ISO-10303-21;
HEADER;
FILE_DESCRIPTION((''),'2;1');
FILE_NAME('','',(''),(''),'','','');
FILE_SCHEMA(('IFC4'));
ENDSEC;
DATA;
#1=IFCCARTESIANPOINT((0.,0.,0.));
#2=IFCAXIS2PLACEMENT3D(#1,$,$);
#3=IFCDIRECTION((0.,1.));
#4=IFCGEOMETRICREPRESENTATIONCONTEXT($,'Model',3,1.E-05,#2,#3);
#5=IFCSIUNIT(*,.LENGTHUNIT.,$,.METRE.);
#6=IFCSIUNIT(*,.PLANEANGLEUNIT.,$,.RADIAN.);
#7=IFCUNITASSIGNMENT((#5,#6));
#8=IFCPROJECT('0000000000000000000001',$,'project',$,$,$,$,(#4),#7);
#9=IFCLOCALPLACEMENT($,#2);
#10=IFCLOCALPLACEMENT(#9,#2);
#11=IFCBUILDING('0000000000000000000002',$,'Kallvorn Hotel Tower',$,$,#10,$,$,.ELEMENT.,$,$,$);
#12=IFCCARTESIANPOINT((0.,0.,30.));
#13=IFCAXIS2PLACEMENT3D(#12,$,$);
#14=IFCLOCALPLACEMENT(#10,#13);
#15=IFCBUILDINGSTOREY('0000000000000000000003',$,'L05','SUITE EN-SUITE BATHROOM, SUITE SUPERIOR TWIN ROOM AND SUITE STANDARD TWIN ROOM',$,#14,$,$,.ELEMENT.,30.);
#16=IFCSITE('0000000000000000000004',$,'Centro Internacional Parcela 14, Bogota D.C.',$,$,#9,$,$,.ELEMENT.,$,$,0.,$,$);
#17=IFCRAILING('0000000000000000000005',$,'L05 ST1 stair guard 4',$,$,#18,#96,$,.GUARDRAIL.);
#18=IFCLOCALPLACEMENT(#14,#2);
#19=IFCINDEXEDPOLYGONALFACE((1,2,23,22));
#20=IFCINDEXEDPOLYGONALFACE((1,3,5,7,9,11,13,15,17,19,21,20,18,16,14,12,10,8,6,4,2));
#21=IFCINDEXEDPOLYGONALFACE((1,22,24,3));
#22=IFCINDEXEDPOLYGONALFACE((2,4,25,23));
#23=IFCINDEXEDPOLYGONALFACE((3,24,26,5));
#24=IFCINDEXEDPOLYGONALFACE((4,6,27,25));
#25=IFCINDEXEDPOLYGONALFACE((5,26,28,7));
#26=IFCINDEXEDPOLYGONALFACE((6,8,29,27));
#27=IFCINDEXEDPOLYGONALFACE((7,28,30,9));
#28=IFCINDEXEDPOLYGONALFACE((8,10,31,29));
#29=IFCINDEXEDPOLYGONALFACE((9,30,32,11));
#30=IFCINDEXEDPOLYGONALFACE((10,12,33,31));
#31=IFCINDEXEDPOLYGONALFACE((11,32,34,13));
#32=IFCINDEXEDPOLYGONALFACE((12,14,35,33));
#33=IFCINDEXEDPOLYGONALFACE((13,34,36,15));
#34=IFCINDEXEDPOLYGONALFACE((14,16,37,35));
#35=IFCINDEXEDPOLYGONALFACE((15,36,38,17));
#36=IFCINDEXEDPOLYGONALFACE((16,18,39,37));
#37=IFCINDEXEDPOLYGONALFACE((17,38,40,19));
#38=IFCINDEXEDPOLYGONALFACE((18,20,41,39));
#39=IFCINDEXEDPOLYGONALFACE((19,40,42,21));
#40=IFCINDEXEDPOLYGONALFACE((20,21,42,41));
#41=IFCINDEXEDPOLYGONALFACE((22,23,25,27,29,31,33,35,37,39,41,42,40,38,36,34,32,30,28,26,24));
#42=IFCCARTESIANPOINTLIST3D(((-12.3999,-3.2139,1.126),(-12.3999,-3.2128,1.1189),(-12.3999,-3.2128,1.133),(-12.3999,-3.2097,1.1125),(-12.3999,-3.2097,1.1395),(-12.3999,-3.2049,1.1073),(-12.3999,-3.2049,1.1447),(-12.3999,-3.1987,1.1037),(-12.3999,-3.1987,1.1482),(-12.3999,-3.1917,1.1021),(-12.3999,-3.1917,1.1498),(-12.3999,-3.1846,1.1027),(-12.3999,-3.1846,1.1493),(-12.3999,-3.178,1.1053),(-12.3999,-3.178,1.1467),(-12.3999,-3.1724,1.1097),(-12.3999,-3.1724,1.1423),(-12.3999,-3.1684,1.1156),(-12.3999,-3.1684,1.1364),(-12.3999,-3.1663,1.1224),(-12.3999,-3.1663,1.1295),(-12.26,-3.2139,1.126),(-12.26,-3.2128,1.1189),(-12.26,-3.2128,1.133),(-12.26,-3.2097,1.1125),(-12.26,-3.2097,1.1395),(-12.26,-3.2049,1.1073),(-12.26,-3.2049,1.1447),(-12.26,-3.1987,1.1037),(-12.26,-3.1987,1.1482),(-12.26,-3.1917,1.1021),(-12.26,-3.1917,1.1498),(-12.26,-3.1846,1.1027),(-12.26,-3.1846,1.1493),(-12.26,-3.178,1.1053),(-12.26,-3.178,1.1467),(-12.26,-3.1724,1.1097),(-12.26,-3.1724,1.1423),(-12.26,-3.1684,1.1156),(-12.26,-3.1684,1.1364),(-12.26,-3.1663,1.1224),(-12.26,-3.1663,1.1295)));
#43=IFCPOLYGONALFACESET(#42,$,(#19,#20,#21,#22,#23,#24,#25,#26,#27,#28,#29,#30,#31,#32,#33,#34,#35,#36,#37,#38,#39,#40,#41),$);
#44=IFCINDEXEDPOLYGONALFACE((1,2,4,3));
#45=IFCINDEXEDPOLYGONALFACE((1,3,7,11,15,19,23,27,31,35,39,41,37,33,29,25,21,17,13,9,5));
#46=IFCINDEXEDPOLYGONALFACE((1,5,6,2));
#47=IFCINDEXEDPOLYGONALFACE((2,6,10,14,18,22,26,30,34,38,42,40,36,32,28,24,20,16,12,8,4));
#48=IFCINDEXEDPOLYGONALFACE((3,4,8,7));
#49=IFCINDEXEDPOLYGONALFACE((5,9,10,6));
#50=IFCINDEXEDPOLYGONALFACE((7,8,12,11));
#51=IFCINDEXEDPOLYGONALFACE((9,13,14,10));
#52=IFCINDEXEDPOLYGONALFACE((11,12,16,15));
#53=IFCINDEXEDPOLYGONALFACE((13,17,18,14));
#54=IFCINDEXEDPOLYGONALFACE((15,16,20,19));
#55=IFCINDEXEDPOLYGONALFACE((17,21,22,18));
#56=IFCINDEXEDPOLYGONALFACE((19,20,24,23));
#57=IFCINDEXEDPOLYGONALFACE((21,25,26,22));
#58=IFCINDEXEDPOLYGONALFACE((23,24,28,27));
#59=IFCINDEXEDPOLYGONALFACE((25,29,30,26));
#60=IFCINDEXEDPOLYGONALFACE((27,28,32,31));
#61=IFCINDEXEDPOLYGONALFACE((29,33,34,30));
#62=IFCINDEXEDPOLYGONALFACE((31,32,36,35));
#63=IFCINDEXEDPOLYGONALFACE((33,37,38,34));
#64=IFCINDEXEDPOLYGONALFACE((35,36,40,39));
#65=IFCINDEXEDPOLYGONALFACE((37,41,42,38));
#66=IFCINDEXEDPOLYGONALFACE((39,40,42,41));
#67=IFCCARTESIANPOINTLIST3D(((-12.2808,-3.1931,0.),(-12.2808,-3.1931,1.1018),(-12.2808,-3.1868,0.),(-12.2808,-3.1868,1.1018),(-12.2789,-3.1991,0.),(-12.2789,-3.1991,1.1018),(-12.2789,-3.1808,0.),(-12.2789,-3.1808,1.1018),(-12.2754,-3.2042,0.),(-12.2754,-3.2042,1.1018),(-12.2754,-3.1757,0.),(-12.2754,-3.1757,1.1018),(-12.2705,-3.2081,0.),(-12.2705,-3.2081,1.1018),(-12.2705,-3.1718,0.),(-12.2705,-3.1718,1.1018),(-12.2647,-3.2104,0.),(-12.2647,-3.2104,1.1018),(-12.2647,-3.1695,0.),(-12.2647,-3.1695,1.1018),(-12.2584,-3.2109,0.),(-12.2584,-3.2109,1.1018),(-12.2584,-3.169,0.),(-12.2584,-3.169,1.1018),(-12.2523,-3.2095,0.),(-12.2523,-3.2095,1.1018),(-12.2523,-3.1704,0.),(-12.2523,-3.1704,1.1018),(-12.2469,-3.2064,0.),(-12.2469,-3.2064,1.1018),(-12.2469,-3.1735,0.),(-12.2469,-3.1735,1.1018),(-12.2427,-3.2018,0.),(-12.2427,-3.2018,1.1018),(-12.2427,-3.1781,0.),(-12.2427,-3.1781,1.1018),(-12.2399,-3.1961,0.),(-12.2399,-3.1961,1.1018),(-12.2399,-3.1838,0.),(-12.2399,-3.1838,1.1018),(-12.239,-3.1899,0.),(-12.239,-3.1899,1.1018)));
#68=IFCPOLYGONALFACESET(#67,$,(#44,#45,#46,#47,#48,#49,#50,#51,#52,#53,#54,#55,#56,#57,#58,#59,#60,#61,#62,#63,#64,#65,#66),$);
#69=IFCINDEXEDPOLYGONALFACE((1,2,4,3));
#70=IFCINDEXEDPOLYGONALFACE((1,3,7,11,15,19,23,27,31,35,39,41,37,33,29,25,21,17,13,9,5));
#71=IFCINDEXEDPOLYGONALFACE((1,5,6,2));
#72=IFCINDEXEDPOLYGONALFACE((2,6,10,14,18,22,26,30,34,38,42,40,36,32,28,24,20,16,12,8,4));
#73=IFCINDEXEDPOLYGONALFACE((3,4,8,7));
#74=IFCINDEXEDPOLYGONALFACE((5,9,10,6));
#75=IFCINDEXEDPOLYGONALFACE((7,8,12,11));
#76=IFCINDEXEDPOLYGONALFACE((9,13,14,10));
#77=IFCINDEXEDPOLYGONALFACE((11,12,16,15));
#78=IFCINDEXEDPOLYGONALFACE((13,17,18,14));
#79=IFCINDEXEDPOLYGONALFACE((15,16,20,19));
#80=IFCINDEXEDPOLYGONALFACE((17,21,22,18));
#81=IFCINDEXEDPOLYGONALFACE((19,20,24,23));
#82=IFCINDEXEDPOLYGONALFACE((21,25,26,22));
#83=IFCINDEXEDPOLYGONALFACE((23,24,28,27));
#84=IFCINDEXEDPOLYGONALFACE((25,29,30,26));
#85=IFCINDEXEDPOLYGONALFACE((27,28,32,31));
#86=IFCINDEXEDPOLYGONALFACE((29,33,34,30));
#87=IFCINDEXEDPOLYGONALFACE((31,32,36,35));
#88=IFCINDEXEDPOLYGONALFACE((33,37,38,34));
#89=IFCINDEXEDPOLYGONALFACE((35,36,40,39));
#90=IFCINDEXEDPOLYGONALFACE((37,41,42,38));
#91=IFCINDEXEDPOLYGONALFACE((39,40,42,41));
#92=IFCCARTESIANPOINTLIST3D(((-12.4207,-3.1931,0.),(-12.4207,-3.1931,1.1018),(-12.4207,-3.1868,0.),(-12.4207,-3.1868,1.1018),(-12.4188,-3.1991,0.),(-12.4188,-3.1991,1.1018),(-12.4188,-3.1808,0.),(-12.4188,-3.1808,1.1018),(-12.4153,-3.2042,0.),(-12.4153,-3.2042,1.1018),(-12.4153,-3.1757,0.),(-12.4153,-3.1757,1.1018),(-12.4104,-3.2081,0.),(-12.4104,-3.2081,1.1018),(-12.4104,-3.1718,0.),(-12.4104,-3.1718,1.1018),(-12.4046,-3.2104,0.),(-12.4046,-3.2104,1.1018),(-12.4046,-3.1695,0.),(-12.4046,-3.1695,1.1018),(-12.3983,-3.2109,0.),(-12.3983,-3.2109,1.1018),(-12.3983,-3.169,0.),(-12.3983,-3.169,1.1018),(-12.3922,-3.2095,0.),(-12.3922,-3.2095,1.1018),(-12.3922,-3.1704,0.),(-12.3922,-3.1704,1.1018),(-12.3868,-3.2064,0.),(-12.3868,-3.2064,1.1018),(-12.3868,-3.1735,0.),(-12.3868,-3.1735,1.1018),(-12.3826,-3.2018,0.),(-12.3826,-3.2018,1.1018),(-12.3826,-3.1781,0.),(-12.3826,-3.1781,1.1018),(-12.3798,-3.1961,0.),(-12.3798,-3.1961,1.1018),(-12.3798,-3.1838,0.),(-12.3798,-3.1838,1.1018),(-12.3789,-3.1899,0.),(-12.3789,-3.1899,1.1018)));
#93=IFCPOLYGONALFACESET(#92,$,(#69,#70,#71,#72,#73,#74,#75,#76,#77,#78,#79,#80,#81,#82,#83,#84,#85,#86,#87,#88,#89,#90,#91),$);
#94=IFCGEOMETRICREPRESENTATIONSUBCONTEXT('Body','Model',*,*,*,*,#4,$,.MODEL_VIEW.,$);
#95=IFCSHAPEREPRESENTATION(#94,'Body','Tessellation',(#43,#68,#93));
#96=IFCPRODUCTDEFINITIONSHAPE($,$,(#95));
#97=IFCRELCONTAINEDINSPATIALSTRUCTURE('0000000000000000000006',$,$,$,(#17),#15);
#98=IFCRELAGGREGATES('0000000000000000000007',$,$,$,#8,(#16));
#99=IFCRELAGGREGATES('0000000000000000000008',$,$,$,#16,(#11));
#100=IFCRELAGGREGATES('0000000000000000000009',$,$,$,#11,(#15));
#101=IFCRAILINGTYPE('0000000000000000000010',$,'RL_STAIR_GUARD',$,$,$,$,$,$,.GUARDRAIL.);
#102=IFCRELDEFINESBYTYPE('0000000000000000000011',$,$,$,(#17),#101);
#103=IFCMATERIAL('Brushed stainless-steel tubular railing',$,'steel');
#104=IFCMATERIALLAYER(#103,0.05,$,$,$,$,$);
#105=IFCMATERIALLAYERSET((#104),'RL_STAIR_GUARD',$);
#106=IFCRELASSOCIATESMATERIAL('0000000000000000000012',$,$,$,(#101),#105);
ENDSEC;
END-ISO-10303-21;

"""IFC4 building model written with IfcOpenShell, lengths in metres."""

from ifc_helpers import new_model, si_unit, direction, frame, origin, origin_2d, place, context, subcontext, project, spatial, circle, extrude, material, layer, layer_set, type_object, element, save


model = new_model("IFC4")

# Units and contexts
model_context = context("Model", 3, precision=1e-05, world=origin(), true_north=direction((0.0, 1.0)))
body_context = subcontext(model_context, "Body", "Model", "MODEL_VIEW")
ifc_project = project(units=[si_unit("LENGTHUNIT", "METRE"), si_unit("PLANEANGLEUNIT", "RADIAN")], contexts=[model_context])

# Site, building, storey
site_placement = place(None, origin())
site = spatial("IfcSite", under=ifc_project, at=site_placement, Name="Centro Internacional Parcela 14, Bogota D.C.", CompositionType="ELEMENT", RefElevation=0.0)
building_placement = place(site_placement, origin())
building = spatial("IfcBuilding", under=site, at=building_placement, Name="Kallvorn Hotel Tower", CompositionType="ELEMENT")
storey_placement = place(building_placement, frame((0.0, 0.0, 30.0)))
storey = spatial("IfcBuildingStorey", under=building, at=storey_placement, Name="L05", Description="SUITE EN-SUITE BATHROOM, SUITE SUPERIOR TWIN ROOM AND SUITE STANDARD TWIN ROOM", CompositionType="ELEMENT", Elevation=30.0)

# Railing
ifc_material_1 = material(Name="Brushed stainless-steel tubular railing", Category="steel")
ifc_layer_1 = layer(ifc_material_1, 0.05)
ifc_layer_set_1 = layer_set([ifc_layer_1], Name="RL_STAIR_GUARD")
railing_type = type_object("IfcRailingType", Name="RL_STAIR_GUARD", PredefinedType="GUARDRAIL", material=ifc_layer_set_1)
railing_1_placement = place(storey_placement, frame((-12.26, -3.1899, 0.0)))
element("IfcRailing", 1, at=railing_1_placement, inside=storey, type_object=railing_type, Name="L05 ST1 stair guard 4", PredefinedType="GUARDRAIL", context=body_context, shape_type="SweptSolid", body=[
    extrude(circle(Radius=0.0239, at=origin_2d()), frame((0.0, 0.0, 1.126), z_axis=(-1.0, 0.0, 0.0), x_axis=(0.0, -1.0, 0.0)), (0.0, 0.0, 1.0), 0.1399),
    extrude(circle(Radius=0.021, at=origin_2d()), origin(), (0.0, 0.0, 1.0), 1.1018),
    extrude(circle(Radius=0.021, at=origin_2d()), frame((-0.1399, 0.0, 0.0)), (0.0, 0.0, 1.0), 1.1018),
])

save(model, "model.ifc")
